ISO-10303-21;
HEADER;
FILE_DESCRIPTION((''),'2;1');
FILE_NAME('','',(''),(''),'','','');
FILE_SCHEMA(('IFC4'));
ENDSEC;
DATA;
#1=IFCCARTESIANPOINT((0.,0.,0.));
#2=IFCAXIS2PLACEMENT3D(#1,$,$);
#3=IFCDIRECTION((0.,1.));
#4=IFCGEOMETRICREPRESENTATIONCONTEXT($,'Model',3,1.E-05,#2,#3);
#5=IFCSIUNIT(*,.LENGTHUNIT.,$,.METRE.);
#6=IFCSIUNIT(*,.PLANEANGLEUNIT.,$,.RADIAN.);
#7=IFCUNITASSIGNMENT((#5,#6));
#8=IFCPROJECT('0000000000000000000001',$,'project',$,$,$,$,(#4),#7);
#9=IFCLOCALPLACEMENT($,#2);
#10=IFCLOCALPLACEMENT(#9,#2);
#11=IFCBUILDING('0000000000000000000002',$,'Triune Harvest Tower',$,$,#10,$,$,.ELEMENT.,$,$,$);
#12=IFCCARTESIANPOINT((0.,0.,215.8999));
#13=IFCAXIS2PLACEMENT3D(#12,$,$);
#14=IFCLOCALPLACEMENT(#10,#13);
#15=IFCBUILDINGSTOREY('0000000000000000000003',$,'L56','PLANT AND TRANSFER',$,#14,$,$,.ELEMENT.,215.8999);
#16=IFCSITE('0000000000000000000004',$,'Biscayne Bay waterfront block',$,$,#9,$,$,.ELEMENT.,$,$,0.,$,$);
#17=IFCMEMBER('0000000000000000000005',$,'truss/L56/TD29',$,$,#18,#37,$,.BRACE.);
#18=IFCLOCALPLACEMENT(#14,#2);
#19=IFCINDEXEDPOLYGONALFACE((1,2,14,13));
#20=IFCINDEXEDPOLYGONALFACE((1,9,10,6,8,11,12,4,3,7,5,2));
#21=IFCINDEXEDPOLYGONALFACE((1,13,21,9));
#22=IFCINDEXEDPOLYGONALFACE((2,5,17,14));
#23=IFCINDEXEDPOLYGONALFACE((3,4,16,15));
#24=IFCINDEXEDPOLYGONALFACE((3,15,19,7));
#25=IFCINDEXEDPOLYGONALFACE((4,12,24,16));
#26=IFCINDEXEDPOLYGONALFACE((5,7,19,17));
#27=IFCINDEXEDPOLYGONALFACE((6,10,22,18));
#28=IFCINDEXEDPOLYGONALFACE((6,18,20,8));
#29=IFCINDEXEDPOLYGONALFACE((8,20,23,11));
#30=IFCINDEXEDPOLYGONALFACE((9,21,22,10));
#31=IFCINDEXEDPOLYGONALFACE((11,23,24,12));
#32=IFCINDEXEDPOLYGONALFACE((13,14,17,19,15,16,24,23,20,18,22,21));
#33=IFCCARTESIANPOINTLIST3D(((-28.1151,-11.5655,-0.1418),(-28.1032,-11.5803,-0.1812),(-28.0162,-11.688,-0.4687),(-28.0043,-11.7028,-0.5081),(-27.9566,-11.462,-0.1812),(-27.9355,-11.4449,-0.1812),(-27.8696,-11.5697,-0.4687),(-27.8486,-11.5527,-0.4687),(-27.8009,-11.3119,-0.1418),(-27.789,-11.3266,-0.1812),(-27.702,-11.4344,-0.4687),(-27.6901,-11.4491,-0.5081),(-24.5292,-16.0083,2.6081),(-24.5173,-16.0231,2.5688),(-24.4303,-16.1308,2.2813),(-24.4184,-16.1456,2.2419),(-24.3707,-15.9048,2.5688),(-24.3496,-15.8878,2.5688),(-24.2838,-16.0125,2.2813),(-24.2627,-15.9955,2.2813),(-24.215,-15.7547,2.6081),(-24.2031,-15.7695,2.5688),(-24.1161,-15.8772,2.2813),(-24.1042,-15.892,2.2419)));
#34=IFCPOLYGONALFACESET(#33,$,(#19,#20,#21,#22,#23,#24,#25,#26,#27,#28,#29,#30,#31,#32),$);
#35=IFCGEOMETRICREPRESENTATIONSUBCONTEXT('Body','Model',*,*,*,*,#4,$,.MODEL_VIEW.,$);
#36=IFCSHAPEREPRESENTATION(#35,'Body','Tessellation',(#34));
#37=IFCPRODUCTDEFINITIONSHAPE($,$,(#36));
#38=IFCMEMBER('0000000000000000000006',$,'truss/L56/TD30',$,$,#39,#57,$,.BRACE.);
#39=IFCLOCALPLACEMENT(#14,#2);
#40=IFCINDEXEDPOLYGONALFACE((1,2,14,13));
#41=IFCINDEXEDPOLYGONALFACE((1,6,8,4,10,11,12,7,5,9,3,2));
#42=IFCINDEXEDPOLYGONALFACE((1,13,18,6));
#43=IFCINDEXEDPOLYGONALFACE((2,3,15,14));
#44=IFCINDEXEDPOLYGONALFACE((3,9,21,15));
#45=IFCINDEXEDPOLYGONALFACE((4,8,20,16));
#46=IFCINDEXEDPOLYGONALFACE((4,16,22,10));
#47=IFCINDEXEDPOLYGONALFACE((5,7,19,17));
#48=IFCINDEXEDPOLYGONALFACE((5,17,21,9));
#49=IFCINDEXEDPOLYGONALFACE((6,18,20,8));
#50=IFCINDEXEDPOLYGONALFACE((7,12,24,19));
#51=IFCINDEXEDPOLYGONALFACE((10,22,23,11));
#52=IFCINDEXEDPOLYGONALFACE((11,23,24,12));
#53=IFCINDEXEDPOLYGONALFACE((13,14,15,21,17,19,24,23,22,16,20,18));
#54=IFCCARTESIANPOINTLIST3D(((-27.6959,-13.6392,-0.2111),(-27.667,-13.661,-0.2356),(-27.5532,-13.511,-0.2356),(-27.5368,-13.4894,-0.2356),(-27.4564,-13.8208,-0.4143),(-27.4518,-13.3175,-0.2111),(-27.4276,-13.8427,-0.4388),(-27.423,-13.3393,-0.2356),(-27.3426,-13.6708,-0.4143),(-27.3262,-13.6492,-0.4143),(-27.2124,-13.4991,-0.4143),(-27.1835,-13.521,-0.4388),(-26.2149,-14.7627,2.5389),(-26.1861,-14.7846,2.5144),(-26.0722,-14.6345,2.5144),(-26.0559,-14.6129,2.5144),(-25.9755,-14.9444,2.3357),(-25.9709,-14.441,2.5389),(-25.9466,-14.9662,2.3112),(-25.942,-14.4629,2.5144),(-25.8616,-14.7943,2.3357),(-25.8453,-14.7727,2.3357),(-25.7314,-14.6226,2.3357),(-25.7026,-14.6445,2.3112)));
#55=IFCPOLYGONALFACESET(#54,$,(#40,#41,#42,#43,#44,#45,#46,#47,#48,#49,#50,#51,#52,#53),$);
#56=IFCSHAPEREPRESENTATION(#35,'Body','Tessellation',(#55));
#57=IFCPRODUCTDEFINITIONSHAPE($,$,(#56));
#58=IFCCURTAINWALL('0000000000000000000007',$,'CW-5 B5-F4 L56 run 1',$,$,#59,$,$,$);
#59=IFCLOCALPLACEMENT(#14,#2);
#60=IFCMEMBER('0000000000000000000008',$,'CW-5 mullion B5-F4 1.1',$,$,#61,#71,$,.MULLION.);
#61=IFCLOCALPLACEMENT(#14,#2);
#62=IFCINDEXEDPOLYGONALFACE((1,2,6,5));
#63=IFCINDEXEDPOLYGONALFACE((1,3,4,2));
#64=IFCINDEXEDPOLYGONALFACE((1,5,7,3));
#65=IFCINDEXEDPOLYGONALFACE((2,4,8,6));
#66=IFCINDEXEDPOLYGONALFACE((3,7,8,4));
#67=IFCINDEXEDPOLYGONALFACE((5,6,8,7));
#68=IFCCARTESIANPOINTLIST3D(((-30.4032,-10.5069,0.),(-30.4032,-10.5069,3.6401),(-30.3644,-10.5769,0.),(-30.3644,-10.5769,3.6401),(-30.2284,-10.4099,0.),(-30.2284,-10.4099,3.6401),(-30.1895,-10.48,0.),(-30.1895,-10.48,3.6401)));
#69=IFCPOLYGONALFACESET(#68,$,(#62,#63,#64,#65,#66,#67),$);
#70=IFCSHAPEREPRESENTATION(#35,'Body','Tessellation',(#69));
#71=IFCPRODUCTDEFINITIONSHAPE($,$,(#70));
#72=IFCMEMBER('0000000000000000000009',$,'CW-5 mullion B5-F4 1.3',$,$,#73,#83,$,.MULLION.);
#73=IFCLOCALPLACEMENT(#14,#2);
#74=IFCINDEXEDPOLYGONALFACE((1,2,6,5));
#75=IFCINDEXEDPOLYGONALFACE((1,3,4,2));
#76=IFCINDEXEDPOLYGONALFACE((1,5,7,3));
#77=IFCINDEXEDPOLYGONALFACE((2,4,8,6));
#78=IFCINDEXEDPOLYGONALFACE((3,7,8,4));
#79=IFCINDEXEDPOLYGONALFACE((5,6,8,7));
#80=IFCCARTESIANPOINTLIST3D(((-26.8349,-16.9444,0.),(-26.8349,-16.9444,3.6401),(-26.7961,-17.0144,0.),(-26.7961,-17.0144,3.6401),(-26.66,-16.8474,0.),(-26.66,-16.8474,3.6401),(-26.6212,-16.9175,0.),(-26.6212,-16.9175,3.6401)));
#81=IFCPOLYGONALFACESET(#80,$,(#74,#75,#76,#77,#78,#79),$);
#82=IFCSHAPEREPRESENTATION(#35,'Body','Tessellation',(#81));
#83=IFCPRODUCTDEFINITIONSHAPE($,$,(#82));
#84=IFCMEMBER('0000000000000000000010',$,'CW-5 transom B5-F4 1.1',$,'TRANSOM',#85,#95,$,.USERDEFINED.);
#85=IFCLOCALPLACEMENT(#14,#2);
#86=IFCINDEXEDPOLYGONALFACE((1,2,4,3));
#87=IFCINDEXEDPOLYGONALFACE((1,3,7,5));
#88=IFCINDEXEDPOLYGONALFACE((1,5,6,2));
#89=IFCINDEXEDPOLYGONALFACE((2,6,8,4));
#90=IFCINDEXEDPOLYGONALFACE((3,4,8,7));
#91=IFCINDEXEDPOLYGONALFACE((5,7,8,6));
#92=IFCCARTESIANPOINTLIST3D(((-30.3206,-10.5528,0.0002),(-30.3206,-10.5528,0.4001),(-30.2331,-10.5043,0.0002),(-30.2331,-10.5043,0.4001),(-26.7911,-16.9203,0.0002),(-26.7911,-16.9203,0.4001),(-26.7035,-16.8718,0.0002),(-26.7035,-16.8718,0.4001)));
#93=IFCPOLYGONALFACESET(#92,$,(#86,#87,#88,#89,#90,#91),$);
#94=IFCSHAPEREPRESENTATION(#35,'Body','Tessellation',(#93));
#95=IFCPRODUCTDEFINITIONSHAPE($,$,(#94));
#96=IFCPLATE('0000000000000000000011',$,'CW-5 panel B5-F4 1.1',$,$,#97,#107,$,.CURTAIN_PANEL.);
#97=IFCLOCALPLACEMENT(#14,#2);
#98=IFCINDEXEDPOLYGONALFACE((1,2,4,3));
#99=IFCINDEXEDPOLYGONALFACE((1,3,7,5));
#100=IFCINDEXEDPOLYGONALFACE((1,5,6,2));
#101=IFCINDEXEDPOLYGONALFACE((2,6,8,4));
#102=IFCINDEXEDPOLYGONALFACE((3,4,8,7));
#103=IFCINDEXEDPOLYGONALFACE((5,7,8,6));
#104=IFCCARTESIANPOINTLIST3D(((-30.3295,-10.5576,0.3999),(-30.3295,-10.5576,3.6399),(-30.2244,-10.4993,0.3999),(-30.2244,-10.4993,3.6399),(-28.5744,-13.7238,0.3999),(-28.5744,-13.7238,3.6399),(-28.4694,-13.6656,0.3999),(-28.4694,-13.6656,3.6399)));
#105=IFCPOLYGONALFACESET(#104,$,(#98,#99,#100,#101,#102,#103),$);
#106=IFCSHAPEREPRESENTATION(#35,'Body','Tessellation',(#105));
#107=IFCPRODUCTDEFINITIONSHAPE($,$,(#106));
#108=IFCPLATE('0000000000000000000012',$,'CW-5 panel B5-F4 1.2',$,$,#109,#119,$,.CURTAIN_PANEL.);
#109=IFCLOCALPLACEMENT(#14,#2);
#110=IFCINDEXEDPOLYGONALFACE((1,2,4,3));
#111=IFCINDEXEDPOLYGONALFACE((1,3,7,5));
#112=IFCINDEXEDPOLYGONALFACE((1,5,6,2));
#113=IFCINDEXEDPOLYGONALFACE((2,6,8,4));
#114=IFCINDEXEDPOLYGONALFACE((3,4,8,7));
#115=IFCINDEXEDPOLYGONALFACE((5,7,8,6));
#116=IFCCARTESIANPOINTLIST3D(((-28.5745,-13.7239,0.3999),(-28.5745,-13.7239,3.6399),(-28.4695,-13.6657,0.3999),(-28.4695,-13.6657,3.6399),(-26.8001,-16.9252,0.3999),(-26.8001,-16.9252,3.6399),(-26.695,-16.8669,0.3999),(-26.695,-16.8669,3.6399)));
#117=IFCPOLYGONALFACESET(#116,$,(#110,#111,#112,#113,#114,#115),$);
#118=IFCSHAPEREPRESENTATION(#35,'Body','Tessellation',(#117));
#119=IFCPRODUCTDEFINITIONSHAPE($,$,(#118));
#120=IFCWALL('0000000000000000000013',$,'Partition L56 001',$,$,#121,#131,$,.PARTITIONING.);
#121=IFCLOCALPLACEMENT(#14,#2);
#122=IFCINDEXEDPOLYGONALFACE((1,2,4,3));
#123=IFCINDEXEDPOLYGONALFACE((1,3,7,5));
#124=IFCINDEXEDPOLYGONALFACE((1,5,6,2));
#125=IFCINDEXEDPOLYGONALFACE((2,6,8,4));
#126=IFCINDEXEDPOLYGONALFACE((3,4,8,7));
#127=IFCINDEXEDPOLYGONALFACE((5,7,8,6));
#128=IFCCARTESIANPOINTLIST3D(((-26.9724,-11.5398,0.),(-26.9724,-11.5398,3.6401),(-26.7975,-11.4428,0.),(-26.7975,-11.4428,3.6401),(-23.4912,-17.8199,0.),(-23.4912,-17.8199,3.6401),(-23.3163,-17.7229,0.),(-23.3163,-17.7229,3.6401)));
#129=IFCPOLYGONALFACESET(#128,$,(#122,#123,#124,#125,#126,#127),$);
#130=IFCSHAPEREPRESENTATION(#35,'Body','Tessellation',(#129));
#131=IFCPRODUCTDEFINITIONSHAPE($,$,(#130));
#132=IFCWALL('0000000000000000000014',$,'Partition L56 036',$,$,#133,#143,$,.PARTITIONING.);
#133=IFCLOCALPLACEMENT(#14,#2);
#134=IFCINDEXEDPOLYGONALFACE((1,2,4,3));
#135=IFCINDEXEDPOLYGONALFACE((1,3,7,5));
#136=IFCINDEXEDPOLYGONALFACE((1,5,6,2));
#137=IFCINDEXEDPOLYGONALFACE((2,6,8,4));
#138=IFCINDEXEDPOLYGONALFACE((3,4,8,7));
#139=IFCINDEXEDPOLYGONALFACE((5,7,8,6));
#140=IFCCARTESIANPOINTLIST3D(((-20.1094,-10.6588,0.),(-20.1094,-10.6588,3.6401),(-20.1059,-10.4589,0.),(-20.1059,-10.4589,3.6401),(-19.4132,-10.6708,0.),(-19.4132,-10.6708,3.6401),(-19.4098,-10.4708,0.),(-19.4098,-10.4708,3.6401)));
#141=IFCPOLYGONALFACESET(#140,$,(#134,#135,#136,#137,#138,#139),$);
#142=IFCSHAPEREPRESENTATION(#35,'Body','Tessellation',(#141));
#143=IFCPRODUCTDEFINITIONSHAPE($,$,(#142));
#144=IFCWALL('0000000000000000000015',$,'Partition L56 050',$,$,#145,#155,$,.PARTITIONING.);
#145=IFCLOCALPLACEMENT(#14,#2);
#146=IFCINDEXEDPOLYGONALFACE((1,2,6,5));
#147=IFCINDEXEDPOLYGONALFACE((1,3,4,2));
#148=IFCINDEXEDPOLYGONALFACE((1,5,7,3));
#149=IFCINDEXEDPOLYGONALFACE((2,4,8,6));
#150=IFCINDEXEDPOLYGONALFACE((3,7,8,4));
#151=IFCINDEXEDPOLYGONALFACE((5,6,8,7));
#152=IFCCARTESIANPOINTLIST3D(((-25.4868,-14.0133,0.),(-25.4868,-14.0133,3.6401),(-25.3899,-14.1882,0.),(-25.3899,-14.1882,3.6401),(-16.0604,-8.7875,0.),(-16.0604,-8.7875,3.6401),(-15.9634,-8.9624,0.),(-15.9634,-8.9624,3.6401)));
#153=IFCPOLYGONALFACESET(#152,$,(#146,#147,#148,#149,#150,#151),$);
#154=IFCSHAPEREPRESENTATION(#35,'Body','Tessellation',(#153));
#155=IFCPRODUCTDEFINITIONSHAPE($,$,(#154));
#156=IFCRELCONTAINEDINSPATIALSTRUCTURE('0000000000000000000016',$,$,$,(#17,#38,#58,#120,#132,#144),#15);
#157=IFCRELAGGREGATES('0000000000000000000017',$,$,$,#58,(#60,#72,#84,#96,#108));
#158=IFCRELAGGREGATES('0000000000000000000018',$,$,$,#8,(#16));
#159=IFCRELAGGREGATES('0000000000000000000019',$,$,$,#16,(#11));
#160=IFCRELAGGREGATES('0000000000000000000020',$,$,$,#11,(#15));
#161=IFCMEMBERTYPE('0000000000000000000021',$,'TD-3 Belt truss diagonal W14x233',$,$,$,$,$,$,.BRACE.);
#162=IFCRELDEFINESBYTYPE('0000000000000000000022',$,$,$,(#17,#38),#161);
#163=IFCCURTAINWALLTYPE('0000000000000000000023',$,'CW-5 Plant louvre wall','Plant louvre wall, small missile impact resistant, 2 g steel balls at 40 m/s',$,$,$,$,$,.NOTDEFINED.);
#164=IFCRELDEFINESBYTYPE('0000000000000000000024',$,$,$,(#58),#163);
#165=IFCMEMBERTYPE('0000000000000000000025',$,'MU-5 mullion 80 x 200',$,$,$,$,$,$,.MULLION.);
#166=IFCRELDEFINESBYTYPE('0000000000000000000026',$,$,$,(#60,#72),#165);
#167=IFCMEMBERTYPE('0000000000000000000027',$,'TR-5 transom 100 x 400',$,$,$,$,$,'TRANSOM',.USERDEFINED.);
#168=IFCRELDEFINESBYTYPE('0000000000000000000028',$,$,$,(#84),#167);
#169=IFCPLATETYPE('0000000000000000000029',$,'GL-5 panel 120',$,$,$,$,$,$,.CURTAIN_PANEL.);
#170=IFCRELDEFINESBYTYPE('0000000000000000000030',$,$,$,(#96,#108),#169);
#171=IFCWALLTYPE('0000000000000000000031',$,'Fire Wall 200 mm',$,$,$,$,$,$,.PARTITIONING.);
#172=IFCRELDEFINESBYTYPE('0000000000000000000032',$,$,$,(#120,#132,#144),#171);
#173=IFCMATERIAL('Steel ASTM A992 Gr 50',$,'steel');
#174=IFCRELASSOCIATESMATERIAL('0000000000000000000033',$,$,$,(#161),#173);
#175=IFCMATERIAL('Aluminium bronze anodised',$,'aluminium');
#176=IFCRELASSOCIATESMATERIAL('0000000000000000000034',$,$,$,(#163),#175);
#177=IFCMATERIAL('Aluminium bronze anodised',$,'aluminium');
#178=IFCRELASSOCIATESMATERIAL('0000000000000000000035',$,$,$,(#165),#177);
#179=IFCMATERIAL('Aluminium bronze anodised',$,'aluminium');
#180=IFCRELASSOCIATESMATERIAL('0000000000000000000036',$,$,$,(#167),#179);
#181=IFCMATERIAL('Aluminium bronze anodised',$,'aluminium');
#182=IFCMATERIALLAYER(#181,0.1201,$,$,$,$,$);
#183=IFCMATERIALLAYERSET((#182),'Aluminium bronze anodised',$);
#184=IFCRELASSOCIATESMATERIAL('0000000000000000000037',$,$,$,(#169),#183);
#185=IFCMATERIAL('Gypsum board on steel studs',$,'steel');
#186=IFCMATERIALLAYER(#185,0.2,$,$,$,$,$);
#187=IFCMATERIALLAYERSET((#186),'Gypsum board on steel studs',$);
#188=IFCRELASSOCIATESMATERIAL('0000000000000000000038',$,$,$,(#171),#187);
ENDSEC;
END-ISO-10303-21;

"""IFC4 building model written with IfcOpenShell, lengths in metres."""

from ifc_helpers import new_model, si_unit, direction, frame, frame_2d, origin, origin_2d, place, context, subcontext, project, spatial, rectangle, i_section, extrude, source, transform, mapped, material, layer, layer_set, material_profile, profile_set, type_object, element, aggregate, save


model = new_model("IFC4")

# Units and contexts
model_context = context("Model", 3, precision=1e-05, world=origin(), true_north=direction((0.0, 1.0)))
body_context = subcontext(model_context, "Body", "Model", "MODEL_VIEW")
ifc_project = project(units=[si_unit("LENGTHUNIT", "METRE"), si_unit("PLANEANGLEUNIT", "RADIAN")], contexts=[model_context])

# Site, building, storey
site_placement = place(None, origin())
site = spatial("IfcSite", under=ifc_project, at=site_placement, Name="Biscayne Bay waterfront block", CompositionType="ELEMENT", RefElevation=0.0)
building_placement = place(site_placement, origin())
building = spatial("IfcBuilding", under=site, at=building_placement, Name="Triune Harvest Tower", CompositionType="ELEMENT")
storey_placement = place(building_placement, frame((0.0, 0.0, 215.8999)))
storey = spatial("IfcBuildingStorey", under=building, at=storey_placement, Name="L56", Description="PLANT AND TRANSFER", CompositionType="ELEMENT", Elevation=215.8999)

# Shared definitions
ifc_material_1 = material(Name="Steel ASTM A992 Gr 50", Category="steel")
ifc_material_profile_1 = material_profile(ifc_material_1, i_section(OverallWidth=0.4038, OverallDepth=0.4065, WebThickness=0.0271, FlangeThickness=0.0437, at=origin_2d()), Name="W14x233")
ifc_profile_set_1 = profile_set([ifc_material_profile_1], Name="Steel ASTM A992 Gr 50")
member_type_1 = type_object("IfcMemberType", Name="TD-3 Belt truss diagonal W14x233", PredefinedType="BRACE", material=ifc_profile_set_1)

# Members
shared_shape_1 = source(origin(), body_context, "Body", "SweptSolid", [
    extrude(i_section(OverallWidth=0.4038, OverallDepth=0.4065, WebThickness=0.0271, FlangeThickness=0.0437, at=origin_2d()), origin(), (0.0, 0.0, 1.0), 6.3372),
])
member_1_placement = place(storey_placement, frame((-27.9026, -11.5073, -0.325), z_axis=(0.565852, -0.701074, 0.433943), x_axis=(0.778158, 0.628068, 0.0)))
element("IfcMember", 1, at=member_1_placement, inside=storey, type_object=member_type_1, Name="truss/L56/TD29", PredefinedType="BRACE", context=body_context, shape_type="MappedRepresentation", body=[
    mapped(shared_shape_1, transform((0.0, 0.0, 0.0), scale=1.0)),
])
shared_shape_2 = source(origin(), body_context, "Body", "SweptSolid", [
    extrude(i_section(OverallWidth=0.4038, OverallDepth=0.4065, WebThickness=0.0271, FlangeThickness=0.0437, at=origin_2d()), origin(), (0.0, 0.0, 1.0), 3.3193),
])
member_2_placement = place(storey_placement, frame((-27.4397, -13.5801, -0.325), z_axis=(0.446159, -0.338481, 0.828476), x_axis=(0.604404, 0.796678, 0.0)))
element("IfcMember", 2, at=member_2_placement, inside=storey, type_object=member_type_1, Name="truss/L56/TD30", PredefinedType="BRACE", context=body_context, shape_type="MappedRepresentation", body=[
    mapped(shared_shape_2, transform((0.0, 0.0, 0.0), scale=1.0)),
])

# Curtain wall, members, plates
ifc_material_2 = material(Name="Aluminium bronze anodised", Category="aluminium")
curtain_wall_type = type_object("IfcCurtainWallType", Name="CW-5 Plant louvre wall", Description="Plant louvre wall, small missile impact resistant, 2 g steel balls at 40 m/s", PredefinedType="NOTDEFINED", material=ifc_material_2)
curtain_wall_placement = place(storey_placement, origin())
curtain_wall = element("IfcCurtainWall", 3, at=curtain_wall_placement, inside=storey, type_object=curtain_wall_type, Name="CW-5 B5-F4 L56 run 1")
ifc_material_3 = material(Name="Aluminium bronze anodised", Category="aluminium")
ifc_material_profile_2 = material_profile(ifc_material_3, rectangle(XDim=0.2, YDim=0.0801, at=origin_2d()), Name="MU-5 mullion 80 x 200")
ifc_profile_set_2 = profile_set([ifc_material_profile_2], Name="Aluminium bronze anodised")
member_type_2 = type_object("IfcMemberType", Name="MU-5 mullion 80 x 200", PredefinedType="MULLION", material=ifc_profile_set_2)
shared_shape_3 = source(origin(), body_context, "Body", "SweptSolid", [
    extrude(rectangle(XDim=0.2, YDim=0.0801, at=origin_2d()), origin(), (0.0, 0.0, 1.0), 3.6401),
])
member_3_placement = place(storey_placement, frame((-30.2964, -10.4934, 0.0), z_axis=(0.0, 0.0, 1.0), x_axis=(0.874624, 0.484802, 0.0)))
member_3 = element("IfcMember", 4, at=member_3_placement, type_object=member_type_2, Name="CW-5 mullion B5-F4 1.1", PredefinedType="MULLION", context=body_context, shape_type="MappedRepresentation", body=[
    mapped(shared_shape_3, transform((0.0, 0.0, 0.0), scale=1.0)),
])
member_4_placement = place(storey_placement, frame((-26.728, -16.9309, 0.0), z_axis=(0.0, 0.0, 1.0), x_axis=(0.874624, 0.484802, 0.0)))
member_4 = element("IfcMember", 5, at=member_4_placement, type_object=member_type_2, Name="CW-5 mullion B5-F4 1.3", PredefinedType="MULLION", context=body_context, shape_type="MappedRepresentation", body=[
    mapped(shared_shape_3, transform((0.0, 0.0, 0.0), scale=1.0)),
])
ifc_material_4 = material(Name="Aluminium bronze anodised", Category="aluminium")
ifc_material_profile_3 = material_profile(ifc_material_4, rectangle(XDim=0.1001, YDim=0.3999, at=origin_2d()), Name="TR-5 transom 100 x 400")
ifc_profile_set_3 = profile_set([ifc_material_profile_3], Name="Aluminium bronze anodised")
member_type_3 = type_object("IfcMemberType", Name="TR-5 transom 100 x 400", ElementType="TRANSOM", PredefinedType="USERDEFINED", material=ifc_profile_set_3)
shared_shape_4 = source(origin(), body_context, "Body", "SweptSolid", [
    extrude(rectangle(XDim=0.1001, YDim=0.3999, at=origin_2d()), origin(), (0.0, 0.0, 1.0), 7.2803),
])
member_5_placement = place(storey_placement, frame((-30.2769, -10.5286, 0.2002), z_axis=(0.484811, -0.874619, 0.0), x_axis=(0.874619, 0.484811, 0.0)))
member_5 = element("IfcMember", 6, at=member_5_placement, type_object=member_type_3, Name="CW-5 transom B5-F4 1.1", ObjectType="TRANSOM", PredefinedType="USERDEFINED", context=body_context, shape_type="MappedRepresentation", body=[
    mapped(shared_shape_4, transform((0.0, 0.0, 0.0), scale=1.0)),
])
ifc_material_5 = material(Name="Aluminium bronze anodised", Category="aluminium")
ifc_layer_1 = layer(ifc_material_5, 0.1201)
ifc_layer_set_1 = layer_set([ifc_layer_1], Name="Aluminium bronze anodised")
plate_type = type_object("IfcPlateType", Name="GL-5 panel 120", PredefinedType="CURTAIN_PANEL", material=ifc_layer_set_1)
shared_shape_5 = source(origin(), body_context, "Body", "SweptSolid", [
    extrude(rectangle(XDim=3.6201, YDim=0.1201, at=origin_2d()), origin(), (0.0, 0.0, 1.0), 3.24),
])
plate_1_placement = place(storey_placement, frame((-29.3994, -12.1116, 0.3999), z_axis=(0.0, 0.0, 1.0), x_axis=(0.484802, -0.874624, 0.0)))
plate_1 = element("IfcPlate", 7, at=plate_1_placement, type_object=plate_type, Name="CW-5 panel B5-F4 1.1", PredefinedType="CURTAIN_PANEL", context=body_context, shape_type="MappedRepresentation", body=[
    mapped(shared_shape_5, transform((0.0, 0.0, 0.0), scale=1.0)),
])
shared_shape_6 = source(origin(), body_context, "Body", "SweptSolid", [
    extrude(rectangle(XDim=3.6602, YDim=0.1201, at=origin_2d()), origin(), (0.0, 0.0, 1.0), 3.24),
])
plate_2_placement = place(storey_placement, frame((-27.6348, -15.2954, 0.3999), z_axis=(0.0, 0.0, 1.0), x_axis=(0.484802, -0.874624, 0.0)))
plate_2 = element("IfcPlate", 8, at=plate_2_placement, type_object=plate_type, Name="CW-5 panel B5-F4 1.2", PredefinedType="CURTAIN_PANEL", context=body_context, shape_type="MappedRepresentation", body=[
    mapped(shared_shape_6, transform((0.0, 0.0, 0.0), scale=1.0)),
])
aggregate(curtain_wall, [member_3, member_4, member_5, plate_1, plate_2])

# Walls
ifc_material_6 = material(Name="Gypsum board on steel studs", Category="steel")
ifc_layer_2 = layer(ifc_material_6, 0.2)
ifc_layer_set_2 = layer_set([ifc_layer_2], Name="Gypsum board on steel studs")
wall_type = type_object("IfcWallType", Name="Fire Wall 200 mm", PredefinedType="PARTITIONING", material=ifc_layer_set_2)
wall_1_placement = place(storey_placement, frame((-26.885, -11.4912, 0.0), z_axis=(0.0, 0.0, 1.0), x_axis=(0.484823, -0.874612, 0.0)))
element("IfcWall", 9, at=wall_1_placement, inside=storey, type_object=wall_type, Name="Partition L56 001", PredefinedType="PARTITIONING", context=body_context, shape_type="SweptSolid", body=[
    extrude(rectangle(XDim=7.1804, YDim=0.2, at=frame_2d((3.5903, 0.0))), origin(), (0.0, 0.0, 1.0), 3.6401),
])
wall_2_placement = place(storey_placement, frame((-20.1077, -10.5588, 0.0), z_axis=(0.0, 0.0, 1.0), x_axis=(0.999852, -0.017178, 0.0)))
element("IfcWall", 10, at=wall_2_placement, inside=storey, type_object=wall_type, Name="Partition L56 036", PredefinedType="PARTITIONING", context=body_context, shape_type="SweptSolid", body=[
    extrude(rectangle(XDim=0.6963, YDim=0.2, at=frame_2d((0.3481, 0.0))), origin(), (0.0, 0.0, 1.0), 3.6401),
])
wall_3_placement = place(storey_placement, frame((-25.4385, -14.1008, 0.0), z_axis=(0.0, 0.0, 1.0), x_axis=(0.874595, 0.484854, 0.0)))
element("IfcWall", 11, at=wall_3_placement, inside=storey, type_object=wall_type, Name="Partition L56 050", PredefinedType="PARTITIONING", context=body_context, shape_type="SweptSolid", body=[
    extrude(rectangle(XDim=10.7781, YDim=0.2, at=frame_2d((5.3892, 0.0))), origin(), (0.0, 0.0, 1.0), 3.6401),
])

save(model, "model.ifc")
